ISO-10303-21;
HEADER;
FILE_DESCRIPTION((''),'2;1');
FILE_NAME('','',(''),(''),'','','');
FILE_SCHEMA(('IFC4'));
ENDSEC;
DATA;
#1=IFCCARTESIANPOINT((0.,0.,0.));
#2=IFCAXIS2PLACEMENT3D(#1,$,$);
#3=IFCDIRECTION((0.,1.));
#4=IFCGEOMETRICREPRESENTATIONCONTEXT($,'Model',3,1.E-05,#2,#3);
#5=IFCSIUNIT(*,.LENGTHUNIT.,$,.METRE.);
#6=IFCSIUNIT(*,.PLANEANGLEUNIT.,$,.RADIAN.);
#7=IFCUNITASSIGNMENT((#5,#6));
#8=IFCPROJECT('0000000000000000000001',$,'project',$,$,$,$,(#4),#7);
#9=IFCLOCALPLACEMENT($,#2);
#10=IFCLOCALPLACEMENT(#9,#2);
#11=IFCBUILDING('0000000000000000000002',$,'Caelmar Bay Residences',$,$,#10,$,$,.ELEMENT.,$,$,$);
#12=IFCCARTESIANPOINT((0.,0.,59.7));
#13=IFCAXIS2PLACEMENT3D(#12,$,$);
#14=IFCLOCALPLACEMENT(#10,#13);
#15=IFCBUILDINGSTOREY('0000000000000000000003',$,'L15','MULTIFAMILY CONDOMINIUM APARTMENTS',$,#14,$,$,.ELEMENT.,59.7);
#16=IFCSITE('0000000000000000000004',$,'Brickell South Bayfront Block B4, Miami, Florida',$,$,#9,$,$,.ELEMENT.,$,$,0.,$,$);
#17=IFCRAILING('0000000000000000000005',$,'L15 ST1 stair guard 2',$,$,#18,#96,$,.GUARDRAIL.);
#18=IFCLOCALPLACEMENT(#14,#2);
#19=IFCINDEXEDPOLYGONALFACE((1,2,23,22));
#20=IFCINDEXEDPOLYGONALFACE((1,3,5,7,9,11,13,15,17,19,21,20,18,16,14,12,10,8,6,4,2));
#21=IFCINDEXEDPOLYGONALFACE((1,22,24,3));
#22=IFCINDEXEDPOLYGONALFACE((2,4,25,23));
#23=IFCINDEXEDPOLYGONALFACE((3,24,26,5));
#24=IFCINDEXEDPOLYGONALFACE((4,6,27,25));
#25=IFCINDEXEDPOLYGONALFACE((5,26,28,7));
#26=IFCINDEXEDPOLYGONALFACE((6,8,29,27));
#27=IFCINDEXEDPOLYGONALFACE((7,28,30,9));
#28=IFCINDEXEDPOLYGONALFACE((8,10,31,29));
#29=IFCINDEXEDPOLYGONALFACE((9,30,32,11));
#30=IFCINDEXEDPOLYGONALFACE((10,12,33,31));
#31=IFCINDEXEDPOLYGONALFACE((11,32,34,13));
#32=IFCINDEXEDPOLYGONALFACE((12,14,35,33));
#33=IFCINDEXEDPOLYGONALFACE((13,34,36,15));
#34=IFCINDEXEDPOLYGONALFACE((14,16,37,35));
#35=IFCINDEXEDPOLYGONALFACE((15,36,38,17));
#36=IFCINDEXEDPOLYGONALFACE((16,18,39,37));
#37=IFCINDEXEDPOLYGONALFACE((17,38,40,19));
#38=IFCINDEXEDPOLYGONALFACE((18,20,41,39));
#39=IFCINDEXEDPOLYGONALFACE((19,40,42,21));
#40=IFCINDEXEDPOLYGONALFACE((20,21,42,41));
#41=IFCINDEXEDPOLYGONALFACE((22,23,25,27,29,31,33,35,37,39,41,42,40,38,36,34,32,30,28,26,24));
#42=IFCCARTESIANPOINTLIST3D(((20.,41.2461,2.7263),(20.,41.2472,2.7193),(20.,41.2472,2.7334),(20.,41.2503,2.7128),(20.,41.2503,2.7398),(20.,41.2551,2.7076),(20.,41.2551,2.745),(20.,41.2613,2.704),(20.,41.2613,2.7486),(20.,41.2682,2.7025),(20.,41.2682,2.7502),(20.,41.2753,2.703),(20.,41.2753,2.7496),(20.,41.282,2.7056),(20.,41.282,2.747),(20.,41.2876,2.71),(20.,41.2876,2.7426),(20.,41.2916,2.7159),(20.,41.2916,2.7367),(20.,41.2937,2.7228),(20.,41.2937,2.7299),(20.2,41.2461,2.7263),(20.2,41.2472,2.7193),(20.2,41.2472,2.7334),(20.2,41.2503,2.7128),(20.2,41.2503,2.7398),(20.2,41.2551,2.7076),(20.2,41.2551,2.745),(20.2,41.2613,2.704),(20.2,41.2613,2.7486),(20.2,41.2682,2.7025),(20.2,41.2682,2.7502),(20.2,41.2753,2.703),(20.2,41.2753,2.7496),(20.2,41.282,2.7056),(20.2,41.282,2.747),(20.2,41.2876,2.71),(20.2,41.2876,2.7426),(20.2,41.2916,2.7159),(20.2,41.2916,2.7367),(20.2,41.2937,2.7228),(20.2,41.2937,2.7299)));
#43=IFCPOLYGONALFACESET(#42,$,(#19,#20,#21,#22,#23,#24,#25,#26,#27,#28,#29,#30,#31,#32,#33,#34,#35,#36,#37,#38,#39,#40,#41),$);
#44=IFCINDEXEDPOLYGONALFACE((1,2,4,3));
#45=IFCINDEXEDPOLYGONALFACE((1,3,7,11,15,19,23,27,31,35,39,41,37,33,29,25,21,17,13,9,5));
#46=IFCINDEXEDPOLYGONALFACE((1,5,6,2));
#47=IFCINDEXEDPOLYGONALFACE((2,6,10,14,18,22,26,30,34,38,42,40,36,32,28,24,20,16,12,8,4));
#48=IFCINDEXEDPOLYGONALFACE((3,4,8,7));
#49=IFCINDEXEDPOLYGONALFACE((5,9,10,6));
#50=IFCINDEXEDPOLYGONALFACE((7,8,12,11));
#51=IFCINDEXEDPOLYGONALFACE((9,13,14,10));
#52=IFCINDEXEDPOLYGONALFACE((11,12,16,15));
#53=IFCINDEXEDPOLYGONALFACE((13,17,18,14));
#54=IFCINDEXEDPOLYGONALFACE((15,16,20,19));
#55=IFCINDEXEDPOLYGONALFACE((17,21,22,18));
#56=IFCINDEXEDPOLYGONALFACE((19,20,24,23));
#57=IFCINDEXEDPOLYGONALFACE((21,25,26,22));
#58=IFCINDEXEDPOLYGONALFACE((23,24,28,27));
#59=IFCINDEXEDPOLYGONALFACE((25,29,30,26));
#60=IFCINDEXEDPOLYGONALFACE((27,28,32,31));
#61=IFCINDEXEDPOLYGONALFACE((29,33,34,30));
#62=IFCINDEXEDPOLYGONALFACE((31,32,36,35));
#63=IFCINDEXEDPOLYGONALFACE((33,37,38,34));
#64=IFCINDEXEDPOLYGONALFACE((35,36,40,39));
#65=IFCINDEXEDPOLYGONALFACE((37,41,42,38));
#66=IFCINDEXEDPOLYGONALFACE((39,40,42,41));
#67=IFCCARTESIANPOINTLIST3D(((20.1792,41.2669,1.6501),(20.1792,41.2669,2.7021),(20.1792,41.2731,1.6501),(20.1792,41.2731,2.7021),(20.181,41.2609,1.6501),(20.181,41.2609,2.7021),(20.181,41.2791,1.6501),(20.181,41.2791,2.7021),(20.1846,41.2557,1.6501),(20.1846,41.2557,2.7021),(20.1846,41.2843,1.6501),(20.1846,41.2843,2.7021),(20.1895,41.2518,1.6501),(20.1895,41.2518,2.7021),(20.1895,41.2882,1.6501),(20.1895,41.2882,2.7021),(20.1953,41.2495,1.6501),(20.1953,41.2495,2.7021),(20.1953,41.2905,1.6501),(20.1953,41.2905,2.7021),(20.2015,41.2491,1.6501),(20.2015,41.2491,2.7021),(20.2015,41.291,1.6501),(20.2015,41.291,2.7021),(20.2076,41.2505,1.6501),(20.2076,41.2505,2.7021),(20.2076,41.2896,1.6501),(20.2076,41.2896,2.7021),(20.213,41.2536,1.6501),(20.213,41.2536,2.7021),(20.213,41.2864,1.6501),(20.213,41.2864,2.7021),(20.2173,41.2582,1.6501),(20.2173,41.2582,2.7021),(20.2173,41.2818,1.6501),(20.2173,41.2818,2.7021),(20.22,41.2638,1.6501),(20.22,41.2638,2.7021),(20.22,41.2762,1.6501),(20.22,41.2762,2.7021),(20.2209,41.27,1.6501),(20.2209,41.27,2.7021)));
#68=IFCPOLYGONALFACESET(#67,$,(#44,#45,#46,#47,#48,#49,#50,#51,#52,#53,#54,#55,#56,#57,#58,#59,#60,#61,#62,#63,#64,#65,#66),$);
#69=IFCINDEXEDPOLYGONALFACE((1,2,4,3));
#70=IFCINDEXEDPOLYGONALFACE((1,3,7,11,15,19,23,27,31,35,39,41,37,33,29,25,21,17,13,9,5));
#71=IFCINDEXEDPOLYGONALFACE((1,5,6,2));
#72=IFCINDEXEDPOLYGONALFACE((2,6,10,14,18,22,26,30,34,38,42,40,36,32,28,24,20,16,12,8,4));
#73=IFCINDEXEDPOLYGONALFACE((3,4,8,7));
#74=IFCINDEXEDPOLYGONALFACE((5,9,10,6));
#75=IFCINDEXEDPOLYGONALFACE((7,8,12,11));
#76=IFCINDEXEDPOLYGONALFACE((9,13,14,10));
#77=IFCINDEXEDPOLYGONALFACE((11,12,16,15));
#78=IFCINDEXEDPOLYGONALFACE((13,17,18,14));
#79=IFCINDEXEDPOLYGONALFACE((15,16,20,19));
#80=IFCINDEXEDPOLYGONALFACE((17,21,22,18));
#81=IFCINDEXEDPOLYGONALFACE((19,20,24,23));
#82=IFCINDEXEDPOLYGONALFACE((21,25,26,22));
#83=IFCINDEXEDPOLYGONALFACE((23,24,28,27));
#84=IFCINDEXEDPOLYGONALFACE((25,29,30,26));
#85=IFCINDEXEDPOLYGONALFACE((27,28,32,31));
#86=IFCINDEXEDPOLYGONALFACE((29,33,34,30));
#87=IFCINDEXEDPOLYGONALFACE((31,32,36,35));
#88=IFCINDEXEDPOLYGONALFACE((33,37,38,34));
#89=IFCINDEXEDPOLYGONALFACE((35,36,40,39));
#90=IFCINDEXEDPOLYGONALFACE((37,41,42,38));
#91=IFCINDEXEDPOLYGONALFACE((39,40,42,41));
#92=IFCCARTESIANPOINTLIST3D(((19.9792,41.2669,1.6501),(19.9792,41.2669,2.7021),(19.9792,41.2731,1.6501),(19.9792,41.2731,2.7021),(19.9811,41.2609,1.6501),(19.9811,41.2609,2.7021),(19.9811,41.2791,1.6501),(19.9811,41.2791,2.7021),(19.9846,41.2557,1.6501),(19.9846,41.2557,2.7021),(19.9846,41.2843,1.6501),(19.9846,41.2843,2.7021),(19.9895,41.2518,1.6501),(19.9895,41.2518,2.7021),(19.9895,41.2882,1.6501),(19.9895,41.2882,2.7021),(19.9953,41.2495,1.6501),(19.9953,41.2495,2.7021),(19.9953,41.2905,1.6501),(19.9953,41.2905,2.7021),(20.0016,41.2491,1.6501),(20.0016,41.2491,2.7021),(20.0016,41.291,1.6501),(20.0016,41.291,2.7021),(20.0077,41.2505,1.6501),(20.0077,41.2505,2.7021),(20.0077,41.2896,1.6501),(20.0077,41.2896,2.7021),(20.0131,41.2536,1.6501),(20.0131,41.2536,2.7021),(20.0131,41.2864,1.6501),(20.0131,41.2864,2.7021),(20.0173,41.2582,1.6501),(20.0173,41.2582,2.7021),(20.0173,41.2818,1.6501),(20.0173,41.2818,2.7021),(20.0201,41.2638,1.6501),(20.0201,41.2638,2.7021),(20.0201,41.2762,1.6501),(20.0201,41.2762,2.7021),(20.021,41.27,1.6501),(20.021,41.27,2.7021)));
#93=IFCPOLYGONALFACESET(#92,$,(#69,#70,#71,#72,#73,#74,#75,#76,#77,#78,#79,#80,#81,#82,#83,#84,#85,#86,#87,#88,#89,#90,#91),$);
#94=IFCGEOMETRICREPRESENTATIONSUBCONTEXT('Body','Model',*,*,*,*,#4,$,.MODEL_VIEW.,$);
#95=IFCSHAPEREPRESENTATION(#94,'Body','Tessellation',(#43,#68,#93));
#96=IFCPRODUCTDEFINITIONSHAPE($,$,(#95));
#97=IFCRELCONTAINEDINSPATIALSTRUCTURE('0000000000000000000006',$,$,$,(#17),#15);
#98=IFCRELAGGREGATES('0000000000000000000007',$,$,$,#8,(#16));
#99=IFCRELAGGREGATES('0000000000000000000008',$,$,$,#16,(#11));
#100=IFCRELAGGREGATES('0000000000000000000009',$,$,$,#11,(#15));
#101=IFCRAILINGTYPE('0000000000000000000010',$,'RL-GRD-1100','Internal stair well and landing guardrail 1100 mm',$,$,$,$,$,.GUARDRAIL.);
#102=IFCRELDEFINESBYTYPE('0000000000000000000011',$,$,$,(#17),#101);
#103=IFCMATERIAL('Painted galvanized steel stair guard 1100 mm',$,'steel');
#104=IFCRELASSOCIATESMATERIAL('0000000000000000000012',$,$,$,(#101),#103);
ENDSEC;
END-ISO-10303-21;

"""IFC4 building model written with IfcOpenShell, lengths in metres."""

from ifc_helpers import new_model, si_unit, direction, frame, origin, origin_2d, place, context, subcontext, project, spatial, circle, extrude, material, type_object, element, save


model = new_model("IFC4")

# Units and contexts
model_context = context("Model", 3, precision=1e-05, world=origin(), true_north=direction((0.0, 1.0)))
body_context = subcontext(model_context, "Body", "Model", "MODEL_VIEW")
ifc_project = project(units=[si_unit("LENGTHUNIT", "METRE"), si_unit("PLANEANGLEUNIT", "RADIAN")], contexts=[model_context])

# Site, building, storey
site_placement = place(None, origin())
site = spatial("IfcSite", under=ifc_project, at=site_placement, Name="Brickell South Bayfront Block B4, Miami, Florida", CompositionType="ELEMENT", RefElevation=0.0)
building_placement = place(site_placement, origin())
building = spatial("IfcBuilding", under=site, at=building_placement, Name="Caelmar Bay Residences", CompositionType="ELEMENT")
storey_placement = place(building_placement, frame((0.0, 0.0, 59.7)))
storey = spatial("IfcBuildingStorey", under=building, at=storey_placement, Name="L15", Description="MULTIFAMILY CONDOMINIUM APARTMENTS", CompositionType="ELEMENT", Elevation=59.7)

# Railing
ifc_material_1 = material(Name="Painted galvanized steel stair guard 1100 mm", Category="steel")
railing_type_1 = type_object("IfcRailingType", Name="RL-GRD-1100", Description="Internal stair well and landing guardrail 1100 mm", PredefinedType="GUARDRAIL", material=ifc_material_1)
railing_1_placement = place(storey_placement, frame((20.2, 41.27, 1.6501)))
element("IfcRailing", 1, at=railing_1_placement, inside=storey, type_object=railing_type_1, Name="L15 ST1 stair guard 2", PredefinedType="GUARDRAIL", context=body_context, shape_type="SweptSolid", body=[
    extrude(circle(Radius=0.0239, at=origin_2d()), frame((0.0, 0.0, 1.0762), z_axis=(-1.0, 0.0, 0.0), x_axis=(0.0, -1.0, 0.0)), (0.0, 0.0, 1.0), 0.2),
    extrude(circle(Radius=0.021, at=origin_2d()), origin(), (0.0, 0.0, 1.0), 1.052),
    extrude(circle(Radius=0.021, at=origin_2d()), frame((-0.2, 0.0, 0.0)), (0.0, 0.0, 1.0), 1.052),
])

save(model, "model.ifc")
